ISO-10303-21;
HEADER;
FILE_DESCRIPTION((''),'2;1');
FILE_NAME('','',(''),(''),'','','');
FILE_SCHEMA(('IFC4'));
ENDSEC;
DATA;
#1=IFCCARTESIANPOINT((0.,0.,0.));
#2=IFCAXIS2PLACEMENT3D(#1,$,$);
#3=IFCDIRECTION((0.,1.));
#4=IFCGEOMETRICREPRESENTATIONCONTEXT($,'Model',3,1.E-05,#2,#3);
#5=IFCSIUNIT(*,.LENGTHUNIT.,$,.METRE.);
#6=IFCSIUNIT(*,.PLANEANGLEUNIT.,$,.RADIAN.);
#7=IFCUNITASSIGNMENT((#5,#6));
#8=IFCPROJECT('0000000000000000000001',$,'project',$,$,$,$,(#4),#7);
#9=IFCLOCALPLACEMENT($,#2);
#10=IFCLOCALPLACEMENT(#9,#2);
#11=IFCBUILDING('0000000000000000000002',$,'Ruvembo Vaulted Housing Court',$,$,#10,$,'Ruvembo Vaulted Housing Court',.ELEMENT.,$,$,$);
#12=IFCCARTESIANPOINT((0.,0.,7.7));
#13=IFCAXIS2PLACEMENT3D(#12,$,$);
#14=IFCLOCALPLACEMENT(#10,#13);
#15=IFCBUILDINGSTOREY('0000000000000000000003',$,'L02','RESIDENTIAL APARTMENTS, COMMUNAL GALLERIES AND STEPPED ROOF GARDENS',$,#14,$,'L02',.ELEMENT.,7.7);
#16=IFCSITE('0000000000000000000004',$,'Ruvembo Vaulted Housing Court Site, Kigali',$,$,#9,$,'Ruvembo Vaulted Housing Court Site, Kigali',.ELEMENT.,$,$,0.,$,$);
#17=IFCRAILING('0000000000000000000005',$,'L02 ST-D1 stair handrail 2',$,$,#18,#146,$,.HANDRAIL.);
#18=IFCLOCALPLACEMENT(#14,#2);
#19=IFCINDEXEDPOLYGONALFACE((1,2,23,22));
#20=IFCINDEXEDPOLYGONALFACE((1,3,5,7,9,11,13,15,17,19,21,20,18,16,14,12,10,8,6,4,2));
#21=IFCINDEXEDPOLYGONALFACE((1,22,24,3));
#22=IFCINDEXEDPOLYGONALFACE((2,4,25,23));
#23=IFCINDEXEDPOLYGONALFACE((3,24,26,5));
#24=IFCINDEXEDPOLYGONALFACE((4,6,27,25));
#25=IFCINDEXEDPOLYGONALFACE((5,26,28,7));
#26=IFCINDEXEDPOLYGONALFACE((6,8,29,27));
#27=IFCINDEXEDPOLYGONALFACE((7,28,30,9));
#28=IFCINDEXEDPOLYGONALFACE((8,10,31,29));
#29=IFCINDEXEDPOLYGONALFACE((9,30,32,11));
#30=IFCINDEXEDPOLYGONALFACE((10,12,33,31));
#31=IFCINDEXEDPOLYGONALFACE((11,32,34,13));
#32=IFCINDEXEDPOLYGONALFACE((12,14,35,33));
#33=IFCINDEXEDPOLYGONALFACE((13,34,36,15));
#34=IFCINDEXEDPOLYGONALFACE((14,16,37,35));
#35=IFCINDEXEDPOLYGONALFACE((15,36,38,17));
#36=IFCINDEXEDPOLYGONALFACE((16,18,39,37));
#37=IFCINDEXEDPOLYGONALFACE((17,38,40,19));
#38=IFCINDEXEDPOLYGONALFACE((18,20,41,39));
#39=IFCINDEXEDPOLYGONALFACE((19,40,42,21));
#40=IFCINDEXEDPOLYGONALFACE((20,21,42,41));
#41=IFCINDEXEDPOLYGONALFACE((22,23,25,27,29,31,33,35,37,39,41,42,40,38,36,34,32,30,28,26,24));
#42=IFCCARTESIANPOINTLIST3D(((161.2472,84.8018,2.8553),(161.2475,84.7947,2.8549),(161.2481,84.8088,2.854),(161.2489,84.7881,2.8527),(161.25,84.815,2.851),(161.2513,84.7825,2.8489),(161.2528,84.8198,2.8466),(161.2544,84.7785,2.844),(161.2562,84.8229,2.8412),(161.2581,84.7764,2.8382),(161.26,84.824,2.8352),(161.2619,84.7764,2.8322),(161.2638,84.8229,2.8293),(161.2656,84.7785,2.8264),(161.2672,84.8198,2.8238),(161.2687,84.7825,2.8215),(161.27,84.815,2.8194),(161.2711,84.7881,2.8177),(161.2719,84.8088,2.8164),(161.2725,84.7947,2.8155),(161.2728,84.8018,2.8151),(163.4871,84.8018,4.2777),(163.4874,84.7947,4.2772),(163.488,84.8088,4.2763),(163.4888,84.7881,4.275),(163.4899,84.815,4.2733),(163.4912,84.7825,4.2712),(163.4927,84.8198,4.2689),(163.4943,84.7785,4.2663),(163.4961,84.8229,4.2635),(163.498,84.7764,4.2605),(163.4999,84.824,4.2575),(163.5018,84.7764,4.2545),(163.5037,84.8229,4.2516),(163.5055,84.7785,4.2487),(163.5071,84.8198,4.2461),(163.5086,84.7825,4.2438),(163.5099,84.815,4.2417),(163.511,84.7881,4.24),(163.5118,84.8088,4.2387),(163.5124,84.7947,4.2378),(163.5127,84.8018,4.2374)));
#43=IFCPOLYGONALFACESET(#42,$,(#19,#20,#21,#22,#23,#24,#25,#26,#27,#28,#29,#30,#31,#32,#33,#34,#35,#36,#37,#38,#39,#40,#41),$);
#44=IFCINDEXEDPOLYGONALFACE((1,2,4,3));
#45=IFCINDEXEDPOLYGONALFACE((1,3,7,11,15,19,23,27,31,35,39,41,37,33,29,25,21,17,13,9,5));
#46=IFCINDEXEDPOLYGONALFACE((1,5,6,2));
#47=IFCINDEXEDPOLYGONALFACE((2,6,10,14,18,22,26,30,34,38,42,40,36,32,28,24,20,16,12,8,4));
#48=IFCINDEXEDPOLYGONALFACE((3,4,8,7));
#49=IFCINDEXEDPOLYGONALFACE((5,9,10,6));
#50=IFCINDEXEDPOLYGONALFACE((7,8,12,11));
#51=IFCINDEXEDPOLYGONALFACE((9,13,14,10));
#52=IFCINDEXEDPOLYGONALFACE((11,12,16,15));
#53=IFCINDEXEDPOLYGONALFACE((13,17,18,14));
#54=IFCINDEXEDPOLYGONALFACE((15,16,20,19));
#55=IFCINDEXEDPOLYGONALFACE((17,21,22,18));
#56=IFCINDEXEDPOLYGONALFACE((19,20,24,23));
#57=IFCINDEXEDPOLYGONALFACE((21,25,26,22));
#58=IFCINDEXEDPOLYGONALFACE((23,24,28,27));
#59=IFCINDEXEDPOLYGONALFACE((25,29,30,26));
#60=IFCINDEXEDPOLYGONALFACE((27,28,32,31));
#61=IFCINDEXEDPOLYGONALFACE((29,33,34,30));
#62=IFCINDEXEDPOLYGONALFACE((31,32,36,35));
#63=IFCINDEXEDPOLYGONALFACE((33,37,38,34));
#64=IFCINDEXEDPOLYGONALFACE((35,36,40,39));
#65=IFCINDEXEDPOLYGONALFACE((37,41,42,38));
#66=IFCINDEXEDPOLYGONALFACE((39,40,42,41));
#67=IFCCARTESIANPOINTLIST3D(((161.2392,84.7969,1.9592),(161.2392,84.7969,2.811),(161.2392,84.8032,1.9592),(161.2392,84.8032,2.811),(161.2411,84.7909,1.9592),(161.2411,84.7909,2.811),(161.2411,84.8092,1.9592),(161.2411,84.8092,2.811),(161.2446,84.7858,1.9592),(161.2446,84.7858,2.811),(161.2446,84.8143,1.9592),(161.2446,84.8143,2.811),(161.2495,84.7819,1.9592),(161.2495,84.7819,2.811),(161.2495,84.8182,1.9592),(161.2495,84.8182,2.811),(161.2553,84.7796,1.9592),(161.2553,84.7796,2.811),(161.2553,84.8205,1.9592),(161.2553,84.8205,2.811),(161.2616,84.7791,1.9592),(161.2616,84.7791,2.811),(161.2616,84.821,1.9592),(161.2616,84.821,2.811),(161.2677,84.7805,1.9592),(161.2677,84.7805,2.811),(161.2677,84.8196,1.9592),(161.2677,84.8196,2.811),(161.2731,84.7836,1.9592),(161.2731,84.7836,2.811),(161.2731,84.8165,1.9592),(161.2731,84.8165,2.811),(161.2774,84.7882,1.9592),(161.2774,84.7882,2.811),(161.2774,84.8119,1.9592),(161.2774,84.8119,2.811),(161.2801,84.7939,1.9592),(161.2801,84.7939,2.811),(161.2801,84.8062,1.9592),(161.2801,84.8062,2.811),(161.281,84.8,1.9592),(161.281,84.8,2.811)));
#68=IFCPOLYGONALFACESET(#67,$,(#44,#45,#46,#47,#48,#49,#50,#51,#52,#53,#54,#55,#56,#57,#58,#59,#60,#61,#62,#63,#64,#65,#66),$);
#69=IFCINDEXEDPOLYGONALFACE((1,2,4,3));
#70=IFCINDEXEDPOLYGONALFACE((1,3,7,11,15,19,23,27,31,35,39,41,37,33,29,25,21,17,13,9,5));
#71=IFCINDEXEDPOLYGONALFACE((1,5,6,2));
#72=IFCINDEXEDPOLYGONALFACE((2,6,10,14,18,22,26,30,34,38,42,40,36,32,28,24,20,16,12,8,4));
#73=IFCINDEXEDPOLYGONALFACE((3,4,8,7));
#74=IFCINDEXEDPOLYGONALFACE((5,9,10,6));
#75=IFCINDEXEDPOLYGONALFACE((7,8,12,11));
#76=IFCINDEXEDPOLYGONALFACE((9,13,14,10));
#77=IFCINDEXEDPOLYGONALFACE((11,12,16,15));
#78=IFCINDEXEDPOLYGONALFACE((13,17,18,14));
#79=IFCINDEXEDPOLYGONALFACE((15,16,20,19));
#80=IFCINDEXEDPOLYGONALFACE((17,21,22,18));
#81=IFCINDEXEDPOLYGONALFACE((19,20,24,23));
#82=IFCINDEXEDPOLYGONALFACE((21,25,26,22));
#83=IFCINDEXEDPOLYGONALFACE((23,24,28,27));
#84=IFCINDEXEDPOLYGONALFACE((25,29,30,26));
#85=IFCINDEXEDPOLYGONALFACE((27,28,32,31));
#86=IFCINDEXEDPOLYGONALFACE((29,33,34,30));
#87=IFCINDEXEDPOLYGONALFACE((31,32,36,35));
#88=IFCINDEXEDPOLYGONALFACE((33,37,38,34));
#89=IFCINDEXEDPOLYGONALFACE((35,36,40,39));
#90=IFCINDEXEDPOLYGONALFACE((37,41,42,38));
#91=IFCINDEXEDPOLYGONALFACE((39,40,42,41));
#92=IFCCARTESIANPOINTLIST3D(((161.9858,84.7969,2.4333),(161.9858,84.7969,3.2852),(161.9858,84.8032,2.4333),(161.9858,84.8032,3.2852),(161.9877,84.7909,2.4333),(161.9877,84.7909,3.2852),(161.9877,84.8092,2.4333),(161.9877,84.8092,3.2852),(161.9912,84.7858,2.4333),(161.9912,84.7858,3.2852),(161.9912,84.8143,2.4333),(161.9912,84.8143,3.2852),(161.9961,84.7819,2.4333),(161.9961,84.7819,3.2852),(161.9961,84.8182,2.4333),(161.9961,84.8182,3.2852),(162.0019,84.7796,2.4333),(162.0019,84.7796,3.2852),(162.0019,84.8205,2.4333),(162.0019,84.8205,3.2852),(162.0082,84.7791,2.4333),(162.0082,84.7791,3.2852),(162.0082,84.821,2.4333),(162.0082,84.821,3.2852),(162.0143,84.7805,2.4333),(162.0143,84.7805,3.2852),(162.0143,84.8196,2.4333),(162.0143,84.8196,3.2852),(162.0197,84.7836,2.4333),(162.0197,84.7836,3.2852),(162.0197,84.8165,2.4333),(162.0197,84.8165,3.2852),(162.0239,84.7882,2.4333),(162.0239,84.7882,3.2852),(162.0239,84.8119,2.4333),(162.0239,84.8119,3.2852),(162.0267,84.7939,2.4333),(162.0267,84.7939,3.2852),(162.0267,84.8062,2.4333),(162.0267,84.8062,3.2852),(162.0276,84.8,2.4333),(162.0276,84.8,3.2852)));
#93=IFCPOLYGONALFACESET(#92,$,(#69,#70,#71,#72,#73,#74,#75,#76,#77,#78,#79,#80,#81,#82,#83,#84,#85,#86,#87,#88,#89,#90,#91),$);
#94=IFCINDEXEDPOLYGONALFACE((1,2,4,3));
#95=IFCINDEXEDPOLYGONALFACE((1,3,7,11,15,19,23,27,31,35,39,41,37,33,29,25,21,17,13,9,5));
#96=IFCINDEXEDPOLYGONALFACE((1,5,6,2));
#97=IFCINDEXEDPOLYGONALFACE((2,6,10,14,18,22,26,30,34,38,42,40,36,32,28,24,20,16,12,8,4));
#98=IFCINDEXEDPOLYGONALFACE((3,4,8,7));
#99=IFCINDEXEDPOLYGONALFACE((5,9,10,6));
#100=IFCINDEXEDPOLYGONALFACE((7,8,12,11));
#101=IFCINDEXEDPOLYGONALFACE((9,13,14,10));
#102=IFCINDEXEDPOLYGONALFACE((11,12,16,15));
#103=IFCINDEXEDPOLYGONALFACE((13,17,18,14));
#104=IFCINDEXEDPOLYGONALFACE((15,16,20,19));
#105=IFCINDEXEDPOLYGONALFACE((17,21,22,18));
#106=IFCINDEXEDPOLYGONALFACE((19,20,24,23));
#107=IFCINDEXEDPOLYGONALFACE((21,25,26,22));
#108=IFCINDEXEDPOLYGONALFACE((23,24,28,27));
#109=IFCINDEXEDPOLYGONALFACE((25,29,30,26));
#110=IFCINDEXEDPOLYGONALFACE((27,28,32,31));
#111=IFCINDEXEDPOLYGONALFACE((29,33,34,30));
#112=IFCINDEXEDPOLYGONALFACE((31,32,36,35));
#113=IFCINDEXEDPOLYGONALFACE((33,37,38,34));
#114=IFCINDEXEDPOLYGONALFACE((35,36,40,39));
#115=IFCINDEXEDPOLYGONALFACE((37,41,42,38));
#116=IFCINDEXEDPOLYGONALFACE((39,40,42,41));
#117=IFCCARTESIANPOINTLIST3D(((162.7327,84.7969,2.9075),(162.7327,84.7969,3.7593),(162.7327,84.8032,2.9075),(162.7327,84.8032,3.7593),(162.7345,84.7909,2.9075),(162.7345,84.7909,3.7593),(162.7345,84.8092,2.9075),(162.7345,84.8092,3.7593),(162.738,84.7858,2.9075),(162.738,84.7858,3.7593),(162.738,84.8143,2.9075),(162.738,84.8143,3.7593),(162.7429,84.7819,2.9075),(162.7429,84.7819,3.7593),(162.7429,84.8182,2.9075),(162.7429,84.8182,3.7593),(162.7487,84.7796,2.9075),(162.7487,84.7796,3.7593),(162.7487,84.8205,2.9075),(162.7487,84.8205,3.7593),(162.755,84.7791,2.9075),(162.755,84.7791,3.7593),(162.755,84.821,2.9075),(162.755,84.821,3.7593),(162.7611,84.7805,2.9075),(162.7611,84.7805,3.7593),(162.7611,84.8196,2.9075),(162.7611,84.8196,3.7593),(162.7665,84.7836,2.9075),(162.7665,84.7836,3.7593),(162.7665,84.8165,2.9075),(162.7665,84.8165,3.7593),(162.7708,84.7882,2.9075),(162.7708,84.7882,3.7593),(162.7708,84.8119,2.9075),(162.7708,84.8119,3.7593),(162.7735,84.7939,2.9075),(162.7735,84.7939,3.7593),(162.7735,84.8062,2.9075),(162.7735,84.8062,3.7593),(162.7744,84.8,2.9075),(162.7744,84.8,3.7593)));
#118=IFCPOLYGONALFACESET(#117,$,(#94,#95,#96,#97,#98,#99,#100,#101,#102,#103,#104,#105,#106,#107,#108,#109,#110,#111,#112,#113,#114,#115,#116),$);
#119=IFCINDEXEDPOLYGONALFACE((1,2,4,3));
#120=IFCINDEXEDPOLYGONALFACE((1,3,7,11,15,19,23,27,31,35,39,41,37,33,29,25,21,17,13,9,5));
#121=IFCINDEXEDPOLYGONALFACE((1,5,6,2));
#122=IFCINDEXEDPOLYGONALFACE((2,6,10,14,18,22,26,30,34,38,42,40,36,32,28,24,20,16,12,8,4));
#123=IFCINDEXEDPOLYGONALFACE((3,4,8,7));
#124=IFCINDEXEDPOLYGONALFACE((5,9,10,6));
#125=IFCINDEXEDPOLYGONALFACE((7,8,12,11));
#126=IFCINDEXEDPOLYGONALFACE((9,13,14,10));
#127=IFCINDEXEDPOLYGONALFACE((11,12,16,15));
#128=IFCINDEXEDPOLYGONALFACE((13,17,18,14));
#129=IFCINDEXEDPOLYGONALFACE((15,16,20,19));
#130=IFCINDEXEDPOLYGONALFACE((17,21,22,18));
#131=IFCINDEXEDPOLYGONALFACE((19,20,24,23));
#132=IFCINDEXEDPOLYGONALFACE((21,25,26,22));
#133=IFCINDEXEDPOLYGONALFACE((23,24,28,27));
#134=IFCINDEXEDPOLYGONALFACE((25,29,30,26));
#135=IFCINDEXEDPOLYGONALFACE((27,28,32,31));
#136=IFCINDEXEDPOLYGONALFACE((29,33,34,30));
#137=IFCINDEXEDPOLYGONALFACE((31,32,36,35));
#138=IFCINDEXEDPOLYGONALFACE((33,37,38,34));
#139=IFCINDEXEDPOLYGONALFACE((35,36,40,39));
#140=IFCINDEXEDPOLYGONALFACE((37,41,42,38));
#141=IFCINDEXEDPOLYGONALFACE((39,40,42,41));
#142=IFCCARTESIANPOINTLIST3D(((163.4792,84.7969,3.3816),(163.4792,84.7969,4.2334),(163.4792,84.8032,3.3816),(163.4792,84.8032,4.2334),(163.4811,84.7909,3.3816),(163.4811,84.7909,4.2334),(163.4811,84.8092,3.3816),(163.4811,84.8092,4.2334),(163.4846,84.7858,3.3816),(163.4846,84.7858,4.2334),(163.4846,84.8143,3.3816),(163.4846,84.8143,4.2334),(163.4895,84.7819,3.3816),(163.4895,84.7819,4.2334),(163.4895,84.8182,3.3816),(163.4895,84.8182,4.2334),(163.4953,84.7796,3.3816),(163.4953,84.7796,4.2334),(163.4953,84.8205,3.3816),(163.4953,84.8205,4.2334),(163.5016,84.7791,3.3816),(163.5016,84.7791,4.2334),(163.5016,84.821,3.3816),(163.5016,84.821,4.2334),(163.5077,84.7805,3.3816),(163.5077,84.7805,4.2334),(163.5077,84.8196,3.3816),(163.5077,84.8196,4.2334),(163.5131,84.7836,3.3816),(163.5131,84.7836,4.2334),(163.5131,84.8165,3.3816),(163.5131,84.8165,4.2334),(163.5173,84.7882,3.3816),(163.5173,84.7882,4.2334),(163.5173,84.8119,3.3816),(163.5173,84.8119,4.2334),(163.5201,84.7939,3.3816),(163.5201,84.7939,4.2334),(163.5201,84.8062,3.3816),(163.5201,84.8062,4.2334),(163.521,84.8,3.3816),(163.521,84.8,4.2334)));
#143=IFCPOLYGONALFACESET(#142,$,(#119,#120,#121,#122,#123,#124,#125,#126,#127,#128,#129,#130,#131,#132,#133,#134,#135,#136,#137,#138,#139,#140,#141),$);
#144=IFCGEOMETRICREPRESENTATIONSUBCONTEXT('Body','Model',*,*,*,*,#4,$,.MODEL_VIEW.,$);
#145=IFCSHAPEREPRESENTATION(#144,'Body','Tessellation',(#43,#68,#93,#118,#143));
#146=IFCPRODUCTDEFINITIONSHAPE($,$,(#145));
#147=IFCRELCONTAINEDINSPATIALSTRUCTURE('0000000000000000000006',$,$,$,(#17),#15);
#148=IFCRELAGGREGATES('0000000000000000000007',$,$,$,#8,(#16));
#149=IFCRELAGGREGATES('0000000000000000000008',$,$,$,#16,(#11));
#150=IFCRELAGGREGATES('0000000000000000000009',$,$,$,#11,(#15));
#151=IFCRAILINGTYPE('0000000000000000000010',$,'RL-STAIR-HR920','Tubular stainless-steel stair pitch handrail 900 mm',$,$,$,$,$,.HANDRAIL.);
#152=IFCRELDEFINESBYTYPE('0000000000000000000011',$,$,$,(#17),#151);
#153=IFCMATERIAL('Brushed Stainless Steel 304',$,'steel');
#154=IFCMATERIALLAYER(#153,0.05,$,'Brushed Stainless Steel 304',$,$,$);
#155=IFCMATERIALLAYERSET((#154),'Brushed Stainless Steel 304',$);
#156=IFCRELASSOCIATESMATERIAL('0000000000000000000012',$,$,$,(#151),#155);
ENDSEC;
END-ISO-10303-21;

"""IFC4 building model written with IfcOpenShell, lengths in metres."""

from ifc_helpers import new_model, si_unit, direction, frame, origin, origin_2d, place, context, subcontext, project, spatial, circle, extrude, material, layer, layer_set, type_object, element, save


model = new_model("IFC4")

# Units and contexts
model_context = context("Model", 3, precision=1e-05, world=origin(), true_north=direction((0.0, 1.0)))
body_context = subcontext(model_context, "Body", "Model", "MODEL_VIEW")
ifc_project = project(units=[si_unit("LENGTHUNIT", "METRE"), si_unit("PLANEANGLEUNIT", "RADIAN")], contexts=[model_context])

# Site, building, storey
site_placement = place(None, origin())
site = spatial("IfcSite", under=ifc_project, at=site_placement, Name="Ruvembo Vaulted Housing Court Site, Kigali", LongName="Ruvembo Vaulted Housing Court Site, Kigali", CompositionType="ELEMENT", RefElevation=0.0)
building_placement = place(site_placement, origin())
building = spatial("IfcBuilding", under=site, at=building_placement, Name="Ruvembo Vaulted Housing Court", LongName="Ruvembo Vaulted Housing Court", CompositionType="ELEMENT")
storey_placement = place(building_placement, frame((0.0, 0.0, 7.7)))
storey = spatial("IfcBuildingStorey", under=building, at=storey_placement, Name="L02", Description="RESIDENTIAL APARTMENTS, COMMUNAL GALLERIES AND STEPPED ROOF GARDENS", LongName="L02", CompositionType="ELEMENT", Elevation=7.7)

# Railing
ifc_material_1 = material(Name="Brushed Stainless Steel 304", Category="steel")
ifc_layer_1 = layer(ifc_material_1, 0.05, Name="Brushed Stainless Steel 304")
ifc_layer_set_1 = layer_set([ifc_layer_1], Name="Brushed Stainless Steel 304")
railing_type_1 = type_object("IfcRailingType", Name="RL-STAIR-HR920", Description="Tubular stainless-steel stair pitch handrail 900 mm", PredefinedType="HANDRAIL", material=ifc_layer_set_1)
railing_1_placement = place(storey_placement, frame((161.26, 84.8, 1.9592)))
element("IfcRailing", 1, at=railing_1_placement, inside=storey, type_object=railing_type_1, Name="L02 ST-D1 stair handrail 2", PredefinedType="HANDRAIL", context=body_context, shape_type="SweptSolid", body=[
    extrude(circle(Radius=0.0239, at=origin_2d()), frame((0.0, 0.0, 0.876), z_axis=(0.844188, 0.0, 0.536048), x_axis=(0.0, 1.0, 0.0)), (0.0, 0.0, 1.0), 2.6533),
    extrude(circle(Radius=0.021, at=origin_2d()), origin(), (0.0, 0.0, 1.0), 0.8518),
    extrude(circle(Radius=0.021, at=origin_2d()), frame((0.7466, 0.0, 0.4741)), (0.0, 0.0, 1.0), 0.8518),
    extrude(circle(Radius=0.021, at=origin_2d()), frame((1.4934, 0.0, 0.9482)), (0.0, 0.0, 1.0), 0.8518),
    extrude(circle(Radius=0.021, at=origin_2d()), frame((2.24, 0.0, 1.4224)), (0.0, 0.0, 1.0), 0.8518),
])

save(model, "model.ifc")
